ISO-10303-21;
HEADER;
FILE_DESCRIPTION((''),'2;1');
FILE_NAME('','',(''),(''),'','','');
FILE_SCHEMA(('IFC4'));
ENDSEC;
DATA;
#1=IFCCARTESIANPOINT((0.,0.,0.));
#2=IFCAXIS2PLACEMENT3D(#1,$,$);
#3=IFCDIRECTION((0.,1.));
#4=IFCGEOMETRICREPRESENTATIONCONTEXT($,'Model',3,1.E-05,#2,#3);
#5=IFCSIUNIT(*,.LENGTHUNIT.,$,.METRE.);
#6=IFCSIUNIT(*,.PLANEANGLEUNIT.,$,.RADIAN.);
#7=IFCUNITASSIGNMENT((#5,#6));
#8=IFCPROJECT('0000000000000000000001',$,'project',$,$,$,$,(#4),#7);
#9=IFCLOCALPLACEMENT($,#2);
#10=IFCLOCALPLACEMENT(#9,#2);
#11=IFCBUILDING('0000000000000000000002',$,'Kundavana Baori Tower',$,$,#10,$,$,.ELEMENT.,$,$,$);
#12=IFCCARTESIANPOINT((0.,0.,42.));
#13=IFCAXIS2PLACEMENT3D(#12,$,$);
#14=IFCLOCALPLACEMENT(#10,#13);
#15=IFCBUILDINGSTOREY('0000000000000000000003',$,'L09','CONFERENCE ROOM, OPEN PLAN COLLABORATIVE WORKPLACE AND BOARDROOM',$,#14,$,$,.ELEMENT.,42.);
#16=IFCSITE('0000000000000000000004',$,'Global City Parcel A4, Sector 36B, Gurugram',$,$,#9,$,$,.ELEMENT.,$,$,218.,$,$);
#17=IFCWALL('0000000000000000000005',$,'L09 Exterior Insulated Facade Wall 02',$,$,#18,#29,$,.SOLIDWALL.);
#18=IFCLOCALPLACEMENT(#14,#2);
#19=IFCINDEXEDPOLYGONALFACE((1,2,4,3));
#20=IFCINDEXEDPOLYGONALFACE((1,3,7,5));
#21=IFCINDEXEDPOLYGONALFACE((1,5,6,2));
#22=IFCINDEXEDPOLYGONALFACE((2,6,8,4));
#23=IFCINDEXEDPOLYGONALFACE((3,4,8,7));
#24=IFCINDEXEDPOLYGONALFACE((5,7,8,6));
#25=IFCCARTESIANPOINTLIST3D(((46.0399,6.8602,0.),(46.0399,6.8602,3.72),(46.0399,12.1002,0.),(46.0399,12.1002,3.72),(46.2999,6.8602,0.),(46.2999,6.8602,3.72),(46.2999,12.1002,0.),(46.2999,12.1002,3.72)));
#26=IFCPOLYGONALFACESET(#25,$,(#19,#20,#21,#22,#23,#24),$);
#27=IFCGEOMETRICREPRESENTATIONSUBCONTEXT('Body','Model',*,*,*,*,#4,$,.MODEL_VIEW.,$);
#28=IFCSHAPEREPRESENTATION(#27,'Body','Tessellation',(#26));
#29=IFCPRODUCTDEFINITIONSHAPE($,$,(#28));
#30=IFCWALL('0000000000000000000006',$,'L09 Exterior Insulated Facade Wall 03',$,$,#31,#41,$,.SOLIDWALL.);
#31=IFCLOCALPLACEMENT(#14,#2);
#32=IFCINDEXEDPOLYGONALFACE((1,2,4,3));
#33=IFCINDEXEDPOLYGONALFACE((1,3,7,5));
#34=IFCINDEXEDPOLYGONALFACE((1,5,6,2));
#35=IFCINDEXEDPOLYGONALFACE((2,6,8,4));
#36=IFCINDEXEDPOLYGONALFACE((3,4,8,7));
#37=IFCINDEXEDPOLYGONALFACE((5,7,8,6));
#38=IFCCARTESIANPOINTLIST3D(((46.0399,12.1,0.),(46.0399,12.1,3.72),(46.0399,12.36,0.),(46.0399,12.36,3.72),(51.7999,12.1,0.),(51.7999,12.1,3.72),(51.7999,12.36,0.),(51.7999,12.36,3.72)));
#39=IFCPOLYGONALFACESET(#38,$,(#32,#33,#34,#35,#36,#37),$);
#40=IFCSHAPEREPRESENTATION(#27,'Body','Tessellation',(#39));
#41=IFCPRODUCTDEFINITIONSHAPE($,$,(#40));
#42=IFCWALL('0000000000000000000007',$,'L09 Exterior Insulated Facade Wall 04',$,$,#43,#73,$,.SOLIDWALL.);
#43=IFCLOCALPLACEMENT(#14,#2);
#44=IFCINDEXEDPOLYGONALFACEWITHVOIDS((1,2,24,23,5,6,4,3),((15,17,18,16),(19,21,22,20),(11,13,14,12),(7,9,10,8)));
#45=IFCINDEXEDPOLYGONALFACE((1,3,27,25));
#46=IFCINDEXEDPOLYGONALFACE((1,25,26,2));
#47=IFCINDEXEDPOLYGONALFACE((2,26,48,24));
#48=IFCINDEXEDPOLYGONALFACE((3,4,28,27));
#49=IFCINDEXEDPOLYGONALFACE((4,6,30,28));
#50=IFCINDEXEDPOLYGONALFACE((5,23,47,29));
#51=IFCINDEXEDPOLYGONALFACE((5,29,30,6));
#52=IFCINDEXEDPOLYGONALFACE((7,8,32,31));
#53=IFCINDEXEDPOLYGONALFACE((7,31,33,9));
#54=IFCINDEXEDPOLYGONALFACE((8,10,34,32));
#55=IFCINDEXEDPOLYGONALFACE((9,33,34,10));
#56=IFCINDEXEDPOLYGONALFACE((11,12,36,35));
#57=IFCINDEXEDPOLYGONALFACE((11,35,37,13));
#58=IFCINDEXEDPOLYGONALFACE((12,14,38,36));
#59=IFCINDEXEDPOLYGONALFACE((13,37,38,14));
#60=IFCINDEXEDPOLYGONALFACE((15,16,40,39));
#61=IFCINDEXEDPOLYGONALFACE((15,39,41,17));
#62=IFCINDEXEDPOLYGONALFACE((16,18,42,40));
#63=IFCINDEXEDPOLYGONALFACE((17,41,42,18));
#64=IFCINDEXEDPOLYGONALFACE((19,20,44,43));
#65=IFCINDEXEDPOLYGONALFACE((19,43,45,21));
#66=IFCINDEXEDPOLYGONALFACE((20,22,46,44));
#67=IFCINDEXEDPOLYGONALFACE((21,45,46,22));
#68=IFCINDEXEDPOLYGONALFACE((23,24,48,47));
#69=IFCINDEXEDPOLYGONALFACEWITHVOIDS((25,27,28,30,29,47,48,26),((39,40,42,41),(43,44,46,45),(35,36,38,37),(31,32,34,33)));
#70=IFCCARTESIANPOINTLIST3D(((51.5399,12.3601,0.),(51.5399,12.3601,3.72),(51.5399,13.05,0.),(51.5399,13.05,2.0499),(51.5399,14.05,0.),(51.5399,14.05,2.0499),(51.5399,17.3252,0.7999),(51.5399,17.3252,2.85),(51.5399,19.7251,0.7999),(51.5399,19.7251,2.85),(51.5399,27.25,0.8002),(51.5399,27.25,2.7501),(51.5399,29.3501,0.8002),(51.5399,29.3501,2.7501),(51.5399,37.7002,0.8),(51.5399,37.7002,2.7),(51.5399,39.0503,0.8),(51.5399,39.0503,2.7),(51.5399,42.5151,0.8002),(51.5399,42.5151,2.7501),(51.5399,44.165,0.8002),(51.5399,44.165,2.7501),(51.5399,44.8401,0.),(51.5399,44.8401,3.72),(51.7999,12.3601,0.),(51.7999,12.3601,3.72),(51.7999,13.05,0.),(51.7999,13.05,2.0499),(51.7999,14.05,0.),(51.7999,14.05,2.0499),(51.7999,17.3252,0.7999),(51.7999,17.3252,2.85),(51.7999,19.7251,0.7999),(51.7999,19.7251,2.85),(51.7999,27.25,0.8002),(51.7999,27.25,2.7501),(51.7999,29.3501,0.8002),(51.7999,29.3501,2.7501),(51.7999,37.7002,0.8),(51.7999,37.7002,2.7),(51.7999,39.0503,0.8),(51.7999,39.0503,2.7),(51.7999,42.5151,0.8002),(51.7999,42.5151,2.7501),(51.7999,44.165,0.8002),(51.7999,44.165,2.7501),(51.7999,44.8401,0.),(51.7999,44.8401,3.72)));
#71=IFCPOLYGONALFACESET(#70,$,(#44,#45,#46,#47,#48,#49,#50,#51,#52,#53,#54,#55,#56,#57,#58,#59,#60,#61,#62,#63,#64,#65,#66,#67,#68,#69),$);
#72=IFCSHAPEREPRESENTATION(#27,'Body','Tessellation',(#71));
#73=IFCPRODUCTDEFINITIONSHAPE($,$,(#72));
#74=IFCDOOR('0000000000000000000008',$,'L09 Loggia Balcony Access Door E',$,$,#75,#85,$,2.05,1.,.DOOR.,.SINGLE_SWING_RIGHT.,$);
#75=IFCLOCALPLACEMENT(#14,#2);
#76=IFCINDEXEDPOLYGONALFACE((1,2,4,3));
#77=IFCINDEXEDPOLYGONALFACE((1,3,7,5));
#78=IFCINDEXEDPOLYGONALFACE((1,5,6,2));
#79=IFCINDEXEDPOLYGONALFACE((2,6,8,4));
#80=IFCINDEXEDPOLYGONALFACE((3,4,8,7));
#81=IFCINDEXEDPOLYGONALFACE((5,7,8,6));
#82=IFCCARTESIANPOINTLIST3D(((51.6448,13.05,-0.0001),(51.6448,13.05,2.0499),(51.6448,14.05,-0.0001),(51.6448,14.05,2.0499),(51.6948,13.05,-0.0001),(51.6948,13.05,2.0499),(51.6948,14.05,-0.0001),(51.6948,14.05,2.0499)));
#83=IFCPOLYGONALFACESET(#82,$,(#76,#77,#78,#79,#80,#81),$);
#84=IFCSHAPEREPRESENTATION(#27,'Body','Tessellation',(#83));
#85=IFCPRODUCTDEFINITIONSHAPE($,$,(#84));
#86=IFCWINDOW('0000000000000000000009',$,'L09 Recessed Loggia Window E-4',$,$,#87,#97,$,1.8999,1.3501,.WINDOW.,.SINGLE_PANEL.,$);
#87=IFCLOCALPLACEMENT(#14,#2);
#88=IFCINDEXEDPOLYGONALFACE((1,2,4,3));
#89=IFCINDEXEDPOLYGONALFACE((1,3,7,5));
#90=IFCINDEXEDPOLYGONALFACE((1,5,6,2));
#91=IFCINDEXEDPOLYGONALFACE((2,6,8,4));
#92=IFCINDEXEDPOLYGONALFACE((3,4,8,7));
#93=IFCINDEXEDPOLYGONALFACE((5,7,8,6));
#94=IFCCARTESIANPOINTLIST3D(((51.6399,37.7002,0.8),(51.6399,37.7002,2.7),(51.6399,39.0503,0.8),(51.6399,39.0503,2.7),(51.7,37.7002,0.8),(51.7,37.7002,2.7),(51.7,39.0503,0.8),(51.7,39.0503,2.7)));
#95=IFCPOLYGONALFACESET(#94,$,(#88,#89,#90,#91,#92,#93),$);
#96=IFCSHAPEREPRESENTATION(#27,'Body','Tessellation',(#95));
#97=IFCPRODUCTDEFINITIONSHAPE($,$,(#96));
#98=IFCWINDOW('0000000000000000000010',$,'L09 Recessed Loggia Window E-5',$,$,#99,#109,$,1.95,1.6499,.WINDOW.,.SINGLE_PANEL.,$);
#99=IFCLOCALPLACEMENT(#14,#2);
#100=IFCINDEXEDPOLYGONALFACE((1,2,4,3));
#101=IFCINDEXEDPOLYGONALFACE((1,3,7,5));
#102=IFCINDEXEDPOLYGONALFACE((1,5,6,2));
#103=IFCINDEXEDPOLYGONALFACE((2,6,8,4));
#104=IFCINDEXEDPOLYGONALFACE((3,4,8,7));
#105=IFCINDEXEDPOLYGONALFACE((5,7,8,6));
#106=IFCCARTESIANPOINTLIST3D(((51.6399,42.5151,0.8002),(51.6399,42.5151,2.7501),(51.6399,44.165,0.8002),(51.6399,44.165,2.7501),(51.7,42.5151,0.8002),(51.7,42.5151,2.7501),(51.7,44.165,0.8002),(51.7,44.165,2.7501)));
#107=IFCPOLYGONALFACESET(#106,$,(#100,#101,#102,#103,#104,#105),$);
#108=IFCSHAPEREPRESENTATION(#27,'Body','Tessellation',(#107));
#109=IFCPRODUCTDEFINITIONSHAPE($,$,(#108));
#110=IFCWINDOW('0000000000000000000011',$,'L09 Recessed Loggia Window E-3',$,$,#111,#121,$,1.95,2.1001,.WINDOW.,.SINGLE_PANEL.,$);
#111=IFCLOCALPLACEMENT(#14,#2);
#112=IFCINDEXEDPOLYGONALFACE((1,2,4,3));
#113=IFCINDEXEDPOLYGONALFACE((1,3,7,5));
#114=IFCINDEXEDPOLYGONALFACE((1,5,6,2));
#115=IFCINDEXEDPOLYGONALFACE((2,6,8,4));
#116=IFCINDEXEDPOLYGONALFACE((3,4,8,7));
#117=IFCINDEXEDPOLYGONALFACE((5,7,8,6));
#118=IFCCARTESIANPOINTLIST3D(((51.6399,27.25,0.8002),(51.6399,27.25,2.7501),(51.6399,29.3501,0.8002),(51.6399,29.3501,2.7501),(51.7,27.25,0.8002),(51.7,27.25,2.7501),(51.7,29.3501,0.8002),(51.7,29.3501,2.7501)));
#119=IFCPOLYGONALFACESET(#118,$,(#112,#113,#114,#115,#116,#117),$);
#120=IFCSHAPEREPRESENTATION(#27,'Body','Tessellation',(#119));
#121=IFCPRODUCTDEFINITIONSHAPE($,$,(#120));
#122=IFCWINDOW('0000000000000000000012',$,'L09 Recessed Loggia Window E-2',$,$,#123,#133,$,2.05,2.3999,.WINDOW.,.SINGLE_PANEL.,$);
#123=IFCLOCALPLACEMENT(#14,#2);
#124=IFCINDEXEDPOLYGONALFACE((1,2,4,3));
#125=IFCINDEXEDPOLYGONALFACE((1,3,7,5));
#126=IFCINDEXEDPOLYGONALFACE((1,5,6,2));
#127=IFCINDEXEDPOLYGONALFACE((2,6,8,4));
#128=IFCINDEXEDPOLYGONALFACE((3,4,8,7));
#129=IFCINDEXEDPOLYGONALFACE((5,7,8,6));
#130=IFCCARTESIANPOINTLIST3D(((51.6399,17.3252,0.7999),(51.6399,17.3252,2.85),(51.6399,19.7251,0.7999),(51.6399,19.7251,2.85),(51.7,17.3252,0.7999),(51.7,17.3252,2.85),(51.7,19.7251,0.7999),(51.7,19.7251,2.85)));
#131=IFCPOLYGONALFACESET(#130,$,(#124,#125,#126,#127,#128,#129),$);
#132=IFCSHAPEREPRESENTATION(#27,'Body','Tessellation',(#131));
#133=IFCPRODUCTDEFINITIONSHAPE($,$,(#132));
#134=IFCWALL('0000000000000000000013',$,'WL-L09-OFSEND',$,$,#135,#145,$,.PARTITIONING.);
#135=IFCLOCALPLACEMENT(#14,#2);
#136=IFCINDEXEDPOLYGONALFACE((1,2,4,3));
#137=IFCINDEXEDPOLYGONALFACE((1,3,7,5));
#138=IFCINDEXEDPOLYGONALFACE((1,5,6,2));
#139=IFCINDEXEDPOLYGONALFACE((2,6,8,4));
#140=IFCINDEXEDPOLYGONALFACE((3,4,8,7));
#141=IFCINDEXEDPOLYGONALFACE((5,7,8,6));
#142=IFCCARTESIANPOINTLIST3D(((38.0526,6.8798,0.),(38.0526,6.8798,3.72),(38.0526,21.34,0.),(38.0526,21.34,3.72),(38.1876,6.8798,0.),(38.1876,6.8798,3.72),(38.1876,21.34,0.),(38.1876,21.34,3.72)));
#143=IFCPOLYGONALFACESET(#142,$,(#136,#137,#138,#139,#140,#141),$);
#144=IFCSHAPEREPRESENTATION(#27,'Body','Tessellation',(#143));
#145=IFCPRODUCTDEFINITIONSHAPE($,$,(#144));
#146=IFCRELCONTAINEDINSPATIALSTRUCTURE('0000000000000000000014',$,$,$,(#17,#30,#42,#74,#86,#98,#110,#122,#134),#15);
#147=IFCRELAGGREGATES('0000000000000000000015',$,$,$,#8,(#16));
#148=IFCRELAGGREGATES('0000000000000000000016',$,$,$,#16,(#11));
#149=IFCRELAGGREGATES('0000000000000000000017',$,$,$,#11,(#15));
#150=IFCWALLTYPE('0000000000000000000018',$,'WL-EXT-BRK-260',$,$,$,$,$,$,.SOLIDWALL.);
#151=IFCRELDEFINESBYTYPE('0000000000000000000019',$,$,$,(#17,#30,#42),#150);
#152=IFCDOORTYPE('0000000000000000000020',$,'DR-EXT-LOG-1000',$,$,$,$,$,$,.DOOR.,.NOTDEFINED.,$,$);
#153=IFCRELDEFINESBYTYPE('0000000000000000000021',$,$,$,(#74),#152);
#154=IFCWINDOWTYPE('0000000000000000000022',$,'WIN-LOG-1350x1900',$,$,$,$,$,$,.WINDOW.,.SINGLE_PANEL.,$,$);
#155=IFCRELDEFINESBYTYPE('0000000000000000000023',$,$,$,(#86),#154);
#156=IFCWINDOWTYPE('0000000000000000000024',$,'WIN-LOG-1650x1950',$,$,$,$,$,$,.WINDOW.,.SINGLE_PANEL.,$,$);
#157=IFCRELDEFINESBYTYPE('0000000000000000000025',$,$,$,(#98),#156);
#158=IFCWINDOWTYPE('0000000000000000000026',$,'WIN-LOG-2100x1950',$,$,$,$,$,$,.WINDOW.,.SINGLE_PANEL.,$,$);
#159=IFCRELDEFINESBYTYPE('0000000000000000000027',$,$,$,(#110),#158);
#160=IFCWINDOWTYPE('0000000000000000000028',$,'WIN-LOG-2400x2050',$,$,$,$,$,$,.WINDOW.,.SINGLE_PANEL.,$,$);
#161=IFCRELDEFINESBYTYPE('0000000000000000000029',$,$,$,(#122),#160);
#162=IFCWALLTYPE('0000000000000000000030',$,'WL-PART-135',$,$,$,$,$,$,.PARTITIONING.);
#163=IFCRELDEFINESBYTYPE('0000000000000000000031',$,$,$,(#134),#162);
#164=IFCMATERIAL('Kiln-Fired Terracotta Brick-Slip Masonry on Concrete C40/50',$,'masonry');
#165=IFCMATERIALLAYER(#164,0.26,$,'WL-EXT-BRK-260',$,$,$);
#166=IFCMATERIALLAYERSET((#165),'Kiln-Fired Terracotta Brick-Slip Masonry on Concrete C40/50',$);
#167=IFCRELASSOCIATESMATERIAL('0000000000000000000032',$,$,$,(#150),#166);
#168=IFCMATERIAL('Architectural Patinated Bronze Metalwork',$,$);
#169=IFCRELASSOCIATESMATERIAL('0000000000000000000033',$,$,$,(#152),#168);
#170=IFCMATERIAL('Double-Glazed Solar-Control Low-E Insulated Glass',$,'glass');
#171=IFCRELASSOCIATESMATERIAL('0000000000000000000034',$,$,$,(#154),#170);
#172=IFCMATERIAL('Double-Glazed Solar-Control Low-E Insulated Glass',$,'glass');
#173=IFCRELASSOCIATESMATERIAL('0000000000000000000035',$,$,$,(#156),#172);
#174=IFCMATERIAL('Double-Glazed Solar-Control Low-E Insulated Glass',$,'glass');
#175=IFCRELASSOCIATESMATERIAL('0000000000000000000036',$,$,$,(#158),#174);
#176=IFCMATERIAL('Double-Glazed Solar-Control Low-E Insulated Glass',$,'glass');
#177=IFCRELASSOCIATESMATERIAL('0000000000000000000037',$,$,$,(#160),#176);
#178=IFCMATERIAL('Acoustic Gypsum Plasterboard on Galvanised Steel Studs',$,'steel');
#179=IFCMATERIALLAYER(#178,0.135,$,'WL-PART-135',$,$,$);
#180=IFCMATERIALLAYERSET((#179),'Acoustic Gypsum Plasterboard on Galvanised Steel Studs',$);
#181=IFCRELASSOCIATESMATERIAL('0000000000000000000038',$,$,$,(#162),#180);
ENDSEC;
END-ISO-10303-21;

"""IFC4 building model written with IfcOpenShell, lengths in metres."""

from ifc_helpers import new_model, si_unit, direction, frame, frame_2d, origin, place, context, subcontext, project, spatial, rectangle, extrude, material, layer, layer_set, type_object, element, fill, save


model = new_model("IFC4")

# Units and contexts
model_context = context("Model", 3, precision=1e-05, world=origin(), true_north=direction((0.0, 1.0)))
body_context = subcontext(model_context, "Body", "Model", "MODEL_VIEW")
ifc_project = project(units=[si_unit("LENGTHUNIT", "METRE"), si_unit("PLANEANGLEUNIT", "RADIAN")], contexts=[model_context])

# Site, building, storey
site_placement = place(None, origin())
site = spatial("IfcSite", under=ifc_project, at=site_placement, Name="Global City Parcel A4, Sector 36B, Gurugram", CompositionType="ELEMENT", RefElevation=218.0)
building_placement = place(site_placement, origin())
building = spatial("IfcBuilding", under=site, at=building_placement, Name="Kundavana Baori Tower", CompositionType="ELEMENT")
storey_placement = place(building_placement, frame((0.0, 0.0, 42.0)))
storey = spatial("IfcBuildingStorey", under=building, at=storey_placement, Name="L09", Description="CONFERENCE ROOM, OPEN PLAN COLLABORATIVE WORKPLACE AND BOARDROOM", CompositionType="ELEMENT", Elevation=42.0)

# Walls
ifc_material_1 = material(Name="Kiln-Fired Terracotta Brick-Slip Masonry on Concrete C40/50", Category="masonry")
ifc_layer_1 = layer(ifc_material_1, 0.26, Name="WL-EXT-BRK-260")
ifc_layer_set_1 = layer_set([ifc_layer_1], Name="Kiln-Fired Terracotta Brick-Slip Masonry on Concrete C40/50")
wall_type_1 = type_object("IfcWallType", Name="WL-EXT-BRK-260", PredefinedType="SOLIDWALL", material=ifc_layer_set_1)
wall_1_placement = place(storey_placement, frame((46.1699, 6.8601, 0.0), z_axis=(0.0, 0.0, 1.0), x_axis=(0.0, 1.0, 0.0)))
element("IfcWall", 1, at=wall_1_placement, inside=storey, type_object=wall_type_1, Name="L09 Exterior Insulated Facade Wall 02", PredefinedType="SOLIDWALL", context=body_context, shape_type="SweptSolid", body=[
    extrude(rectangle(XDim=5.24, YDim=0.26, at=frame_2d((2.6201, 0.0))), origin(), (0.0, 0.0, 1.0), 3.72),
])
wall_2_placement = place(storey_placement, frame((46.04, 12.23, 0.0), z_axis=(0.0, 0.0, 1.0), x_axis=(1.0, 0.0, 0.0)))
element("IfcWall", 2, at=wall_2_placement, inside=storey, type_object=wall_type_1, Name="L09 Exterior Insulated Facade Wall 03", PredefinedType="SOLIDWALL", context=body_context, shape_type="SweptSolid", body=[
    extrude(rectangle(XDim=5.76, YDim=0.26, at=frame_2d((2.8799, 0.0))), origin(), (0.0, 0.0, 1.0), 3.72),
])

# Wall, openings, door, windows
wall_3_placement = place(storey_placement, frame((51.6699, 12.3601, 0.0), z_axis=(0.0, 0.0, 1.0), x_axis=(0.0, 1.0, 0.0)))
wall_3 = element("IfcWall", 3, at=wall_3_placement, inside=storey, type_object=wall_type_1, Name="L09 Exterior Insulated Facade Wall 04", PredefinedType="SOLIDWALL", context=body_context, shape_type="SweptSolid", body=[
    extrude(rectangle(XDim=32.48, YDim=0.26, at=frame_2d((16.24, 0.0))), origin(), (0.0, 0.0, 1.0), 3.72),
])
opening_1_placement = place(wall_3_placement, frame((0.6899, 0.0, 0.0)))
opening_1 = element("IfcOpeningElement", 4, at=opening_1_placement, cuts=wall_3, PredefinedType="OPENING", context=body_context, shape_type="SweptSolid", body=[
    extrude(rectangle(XDim=1.0, YDim=2.05, at=frame_2d((0.5, 1.0249))), frame((0.0, 0.1401, 0.0), z_axis=(0.0, -1.0, 0.0), x_axis=(1.0, 0.0, 0.0)), (0.0, 0.0, 1.0), 0.28),
])
opening_2_placement = place(wall_3_placement, frame((4.9651, 0.0, 0.8)))
opening_2 = element("IfcOpeningElement", 5, at=opening_2_placement, cuts=wall_3, PredefinedType="OPENING", context=body_context, shape_type="SweptSolid", body=[
    extrude(rectangle(XDim=2.3999, YDim=2.05, at=frame_2d((1.2, 1.0249))), frame((0.0, 0.1401, 0.0), z_axis=(0.0, -1.0, 0.0), x_axis=(1.0, 0.0, 0.0)), (0.0, 0.0, 1.0), 0.28),
])
opening_3_placement = place(wall_3_placement, frame((14.8899, 0.0, 0.8)))
opening_3 = element("IfcOpeningElement", 6, at=opening_3_placement, cuts=wall_3, PredefinedType="OPENING", context=body_context, shape_type="SweptSolid", body=[
    extrude(rectangle(XDim=2.1001, YDim=1.95, at=frame_2d((1.05, 0.9751))), frame((0.0, 0.1401, 0.0), z_axis=(0.0, -1.0, 0.0), x_axis=(1.0, 0.0, 0.0)), (0.0, 0.0, 1.0), 0.28),
])
opening_4_placement = place(wall_3_placement, frame((25.3401, 0.0, 0.8)))
opening_4 = element("IfcOpeningElement", 7, at=opening_4_placement, cuts=wall_3, PredefinedType="OPENING", context=body_context, shape_type="SweptSolid", body=[
    extrude(rectangle(XDim=1.3501, YDim=1.8999, at=frame_2d((0.675, 0.95))), frame((0.0, 0.1401, 0.0), z_axis=(0.0, -1.0, 0.0), x_axis=(1.0, 0.0, 0.0)), (0.0, 0.0, 1.0), 0.28),
])
opening_5_placement = place(wall_3_placement, frame((30.155, 0.0, 0.8)))
opening_5 = element("IfcOpeningElement", 8, at=opening_5_placement, cuts=wall_3, PredefinedType="OPENING", context=body_context, shape_type="SweptSolid", body=[
    extrude(rectangle(XDim=1.6499, YDim=1.95, at=frame_2d((0.825, 0.9751))), frame((0.0, 0.1401, 0.0), z_axis=(0.0, -1.0, 0.0), x_axis=(1.0, 0.0, 0.0)), (0.0, 0.0, 1.0), 0.28),
])
ifc_material_2 = material(Name="Architectural Patinated Bronze Metalwork")
door_type_1 = type_object("IfcDoorType", Name="DR-EXT-LOG-1000", OperationType="NOTDEFINED", PredefinedType="DOOR", material=ifc_material_2)
door_1_placement = place(opening_1_placement, frame((1.0, 0.0, 0.0), z_axis=(0.0, 0.0, 1.0), x_axis=(-1.0, 0.0, 0.0)))
door_1 = element("IfcDoor", 9, at=door_1_placement, inside=storey, type_object=door_type_1, Name="L09 Loggia Balcony Access Door E", OperationType="SINGLE_SWING_RIGHT", OverallHeight=2.05, OverallWidth=1.0, PredefinedType="DOOR", context=body_context, shape_type="SweptSolid", body=[
    extrude(rectangle(XDim=1.0, YDim=2.05, at=frame_2d((0.5, 1.0249))), frame((0.0, 0.0249, 0.0), z_axis=(0.0, -1.0, 0.0), x_axis=(1.0, 0.0, 0.0)), (0.0, 0.0, 1.0), 0.05),
])
fill(opening_1, door_1)
ifc_material_3 = material(Name="Double-Glazed Solar-Control Low-E Insulated Glass", Category="glass")
window_type_1 = type_object("IfcWindowType", Name="WIN-LOG-1350x1900", PartitioningType="SINGLE_PANEL", PredefinedType="WINDOW", material=ifc_material_3)
window_1_placement = place(opening_4_placement, origin())
window_1 = element("IfcWindow", 10, at=window_1_placement, inside=storey, type_object=window_type_1, Name="L09 Recessed Loggia Window E-4", OverallHeight=1.8999, OverallWidth=1.3501, PartitioningType="SINGLE_PANEL", PredefinedType="WINDOW", context=body_context, shape_type="SweptSolid", body=[
    extrude(rectangle(XDim=1.3501, YDim=1.8999, at=frame_2d((0.675, 0.95))), frame((0.0, 0.03, 0.0), z_axis=(0.0, -1.0, 0.0), x_axis=(1.0, 0.0, 0.0)), (0.0, 0.0, 1.0), 0.0601),
])
fill(opening_4, window_1)
ifc_material_4 = material(Name="Double-Glazed Solar-Control Low-E Insulated Glass", Category="glass")
window_type_2 = type_object("IfcWindowType", Name="WIN-LOG-1650x1950", PartitioningType="SINGLE_PANEL", PredefinedType="WINDOW", material=ifc_material_4)
window_2_placement = place(opening_5_placement, origin())
window_2 = element("IfcWindow", 11, at=window_2_placement, inside=storey, type_object=window_type_2, Name="L09 Recessed Loggia Window E-5", OverallHeight=1.95, OverallWidth=1.6499, PartitioningType="SINGLE_PANEL", PredefinedType="WINDOW", context=body_context, shape_type="SweptSolid", body=[
    extrude(rectangle(XDim=1.6499, YDim=1.95, at=frame_2d((0.825, 0.9751))), frame((0.0, 0.03, 0.0), z_axis=(0.0, -1.0, 0.0), x_axis=(1.0, 0.0, 0.0)), (0.0, 0.0, 1.0), 0.0601),
])
fill(opening_5, window_2)
ifc_material_5 = material(Name="Double-Glazed Solar-Control Low-E Insulated Glass", Category="glass")
window_type_3 = type_object("IfcWindowType", Name="WIN-LOG-2100x1950", PartitioningType="SINGLE_PANEL", PredefinedType="WINDOW", material=ifc_material_5)
window_3_placement = place(opening_3_placement, origin())
window_3 = element("IfcWindow", 12, at=window_3_placement, inside=storey, type_object=window_type_3, Name="L09 Recessed Loggia Window E-3", OverallHeight=1.95, OverallWidth=2.1001, PartitioningType="SINGLE_PANEL", PredefinedType="WINDOW", context=body_context, shape_type="SweptSolid", body=[
    extrude(rectangle(XDim=2.1001, YDim=1.95, at=frame_2d((1.05, 0.9751))), frame((0.0, 0.03, 0.0), z_axis=(0.0, -1.0, 0.0), x_axis=(1.0, 0.0, 0.0)), (0.0, 0.0, 1.0), 0.0601),
])
fill(opening_3, window_3)
ifc_material_6 = material(Name="Double-Glazed Solar-Control Low-E Insulated Glass", Category="glass")
window_type_4 = type_object("IfcWindowType", Name="WIN-LOG-2400x2050", PartitioningType="SINGLE_PANEL", PredefinedType="WINDOW", material=ifc_material_6)
window_4_placement = place(opening_2_placement, origin())
window_4 = element("IfcWindow", 13, at=window_4_placement, inside=storey, type_object=window_type_4, Name="L09 Recessed Loggia Window E-2", OverallHeight=2.05, OverallWidth=2.3999, PartitioningType="SINGLE_PANEL", PredefinedType="WINDOW", context=body_context, shape_type="SweptSolid", body=[
    extrude(rectangle(XDim=2.3999, YDim=2.05, at=frame_2d((1.2, 1.0249))), frame((0.0, 0.03, 0.0), z_axis=(0.0, -1.0, 0.0), x_axis=(1.0, 0.0, 0.0)), (0.0, 0.0, 1.0), 0.0601),
])
fill(opening_2, window_4)

# Wall
ifc_material_7 = material(Name="Acoustic Gypsum Plasterboard on Galvanised Steel Studs", Category="steel")
ifc_layer_2 = layer(ifc_material_7, 0.135, Name="WL-PART-135")
ifc_layer_set_2 = layer_set([ifc_layer_2], Name="Acoustic Gypsum Plasterboard on Galvanised Steel Studs")
wall_type_2 = type_object("IfcWallType", Name="WL-PART-135", PredefinedType="PARTITIONING", material=ifc_layer_set_2)
wall_4_placement = place(storey_placement, frame((38.1201, 6.8799, 0.0), z_axis=(0.0, 0.0, 1.0), x_axis=(0.0, 1.0, 0.0)))
element("IfcWall", 14, at=wall_4_placement, inside=storey, type_object=wall_type_2, Name="WL-L09-OFSEND", PredefinedType="PARTITIONING", context=body_context, shape_type="SweptSolid", body=[
    extrude(rectangle(XDim=14.4602, YDim=0.135, at=frame_2d((7.23, 0.0))), origin(), (0.0, 0.0, 1.0), 3.72),
])

save(model, "model.ifc")
